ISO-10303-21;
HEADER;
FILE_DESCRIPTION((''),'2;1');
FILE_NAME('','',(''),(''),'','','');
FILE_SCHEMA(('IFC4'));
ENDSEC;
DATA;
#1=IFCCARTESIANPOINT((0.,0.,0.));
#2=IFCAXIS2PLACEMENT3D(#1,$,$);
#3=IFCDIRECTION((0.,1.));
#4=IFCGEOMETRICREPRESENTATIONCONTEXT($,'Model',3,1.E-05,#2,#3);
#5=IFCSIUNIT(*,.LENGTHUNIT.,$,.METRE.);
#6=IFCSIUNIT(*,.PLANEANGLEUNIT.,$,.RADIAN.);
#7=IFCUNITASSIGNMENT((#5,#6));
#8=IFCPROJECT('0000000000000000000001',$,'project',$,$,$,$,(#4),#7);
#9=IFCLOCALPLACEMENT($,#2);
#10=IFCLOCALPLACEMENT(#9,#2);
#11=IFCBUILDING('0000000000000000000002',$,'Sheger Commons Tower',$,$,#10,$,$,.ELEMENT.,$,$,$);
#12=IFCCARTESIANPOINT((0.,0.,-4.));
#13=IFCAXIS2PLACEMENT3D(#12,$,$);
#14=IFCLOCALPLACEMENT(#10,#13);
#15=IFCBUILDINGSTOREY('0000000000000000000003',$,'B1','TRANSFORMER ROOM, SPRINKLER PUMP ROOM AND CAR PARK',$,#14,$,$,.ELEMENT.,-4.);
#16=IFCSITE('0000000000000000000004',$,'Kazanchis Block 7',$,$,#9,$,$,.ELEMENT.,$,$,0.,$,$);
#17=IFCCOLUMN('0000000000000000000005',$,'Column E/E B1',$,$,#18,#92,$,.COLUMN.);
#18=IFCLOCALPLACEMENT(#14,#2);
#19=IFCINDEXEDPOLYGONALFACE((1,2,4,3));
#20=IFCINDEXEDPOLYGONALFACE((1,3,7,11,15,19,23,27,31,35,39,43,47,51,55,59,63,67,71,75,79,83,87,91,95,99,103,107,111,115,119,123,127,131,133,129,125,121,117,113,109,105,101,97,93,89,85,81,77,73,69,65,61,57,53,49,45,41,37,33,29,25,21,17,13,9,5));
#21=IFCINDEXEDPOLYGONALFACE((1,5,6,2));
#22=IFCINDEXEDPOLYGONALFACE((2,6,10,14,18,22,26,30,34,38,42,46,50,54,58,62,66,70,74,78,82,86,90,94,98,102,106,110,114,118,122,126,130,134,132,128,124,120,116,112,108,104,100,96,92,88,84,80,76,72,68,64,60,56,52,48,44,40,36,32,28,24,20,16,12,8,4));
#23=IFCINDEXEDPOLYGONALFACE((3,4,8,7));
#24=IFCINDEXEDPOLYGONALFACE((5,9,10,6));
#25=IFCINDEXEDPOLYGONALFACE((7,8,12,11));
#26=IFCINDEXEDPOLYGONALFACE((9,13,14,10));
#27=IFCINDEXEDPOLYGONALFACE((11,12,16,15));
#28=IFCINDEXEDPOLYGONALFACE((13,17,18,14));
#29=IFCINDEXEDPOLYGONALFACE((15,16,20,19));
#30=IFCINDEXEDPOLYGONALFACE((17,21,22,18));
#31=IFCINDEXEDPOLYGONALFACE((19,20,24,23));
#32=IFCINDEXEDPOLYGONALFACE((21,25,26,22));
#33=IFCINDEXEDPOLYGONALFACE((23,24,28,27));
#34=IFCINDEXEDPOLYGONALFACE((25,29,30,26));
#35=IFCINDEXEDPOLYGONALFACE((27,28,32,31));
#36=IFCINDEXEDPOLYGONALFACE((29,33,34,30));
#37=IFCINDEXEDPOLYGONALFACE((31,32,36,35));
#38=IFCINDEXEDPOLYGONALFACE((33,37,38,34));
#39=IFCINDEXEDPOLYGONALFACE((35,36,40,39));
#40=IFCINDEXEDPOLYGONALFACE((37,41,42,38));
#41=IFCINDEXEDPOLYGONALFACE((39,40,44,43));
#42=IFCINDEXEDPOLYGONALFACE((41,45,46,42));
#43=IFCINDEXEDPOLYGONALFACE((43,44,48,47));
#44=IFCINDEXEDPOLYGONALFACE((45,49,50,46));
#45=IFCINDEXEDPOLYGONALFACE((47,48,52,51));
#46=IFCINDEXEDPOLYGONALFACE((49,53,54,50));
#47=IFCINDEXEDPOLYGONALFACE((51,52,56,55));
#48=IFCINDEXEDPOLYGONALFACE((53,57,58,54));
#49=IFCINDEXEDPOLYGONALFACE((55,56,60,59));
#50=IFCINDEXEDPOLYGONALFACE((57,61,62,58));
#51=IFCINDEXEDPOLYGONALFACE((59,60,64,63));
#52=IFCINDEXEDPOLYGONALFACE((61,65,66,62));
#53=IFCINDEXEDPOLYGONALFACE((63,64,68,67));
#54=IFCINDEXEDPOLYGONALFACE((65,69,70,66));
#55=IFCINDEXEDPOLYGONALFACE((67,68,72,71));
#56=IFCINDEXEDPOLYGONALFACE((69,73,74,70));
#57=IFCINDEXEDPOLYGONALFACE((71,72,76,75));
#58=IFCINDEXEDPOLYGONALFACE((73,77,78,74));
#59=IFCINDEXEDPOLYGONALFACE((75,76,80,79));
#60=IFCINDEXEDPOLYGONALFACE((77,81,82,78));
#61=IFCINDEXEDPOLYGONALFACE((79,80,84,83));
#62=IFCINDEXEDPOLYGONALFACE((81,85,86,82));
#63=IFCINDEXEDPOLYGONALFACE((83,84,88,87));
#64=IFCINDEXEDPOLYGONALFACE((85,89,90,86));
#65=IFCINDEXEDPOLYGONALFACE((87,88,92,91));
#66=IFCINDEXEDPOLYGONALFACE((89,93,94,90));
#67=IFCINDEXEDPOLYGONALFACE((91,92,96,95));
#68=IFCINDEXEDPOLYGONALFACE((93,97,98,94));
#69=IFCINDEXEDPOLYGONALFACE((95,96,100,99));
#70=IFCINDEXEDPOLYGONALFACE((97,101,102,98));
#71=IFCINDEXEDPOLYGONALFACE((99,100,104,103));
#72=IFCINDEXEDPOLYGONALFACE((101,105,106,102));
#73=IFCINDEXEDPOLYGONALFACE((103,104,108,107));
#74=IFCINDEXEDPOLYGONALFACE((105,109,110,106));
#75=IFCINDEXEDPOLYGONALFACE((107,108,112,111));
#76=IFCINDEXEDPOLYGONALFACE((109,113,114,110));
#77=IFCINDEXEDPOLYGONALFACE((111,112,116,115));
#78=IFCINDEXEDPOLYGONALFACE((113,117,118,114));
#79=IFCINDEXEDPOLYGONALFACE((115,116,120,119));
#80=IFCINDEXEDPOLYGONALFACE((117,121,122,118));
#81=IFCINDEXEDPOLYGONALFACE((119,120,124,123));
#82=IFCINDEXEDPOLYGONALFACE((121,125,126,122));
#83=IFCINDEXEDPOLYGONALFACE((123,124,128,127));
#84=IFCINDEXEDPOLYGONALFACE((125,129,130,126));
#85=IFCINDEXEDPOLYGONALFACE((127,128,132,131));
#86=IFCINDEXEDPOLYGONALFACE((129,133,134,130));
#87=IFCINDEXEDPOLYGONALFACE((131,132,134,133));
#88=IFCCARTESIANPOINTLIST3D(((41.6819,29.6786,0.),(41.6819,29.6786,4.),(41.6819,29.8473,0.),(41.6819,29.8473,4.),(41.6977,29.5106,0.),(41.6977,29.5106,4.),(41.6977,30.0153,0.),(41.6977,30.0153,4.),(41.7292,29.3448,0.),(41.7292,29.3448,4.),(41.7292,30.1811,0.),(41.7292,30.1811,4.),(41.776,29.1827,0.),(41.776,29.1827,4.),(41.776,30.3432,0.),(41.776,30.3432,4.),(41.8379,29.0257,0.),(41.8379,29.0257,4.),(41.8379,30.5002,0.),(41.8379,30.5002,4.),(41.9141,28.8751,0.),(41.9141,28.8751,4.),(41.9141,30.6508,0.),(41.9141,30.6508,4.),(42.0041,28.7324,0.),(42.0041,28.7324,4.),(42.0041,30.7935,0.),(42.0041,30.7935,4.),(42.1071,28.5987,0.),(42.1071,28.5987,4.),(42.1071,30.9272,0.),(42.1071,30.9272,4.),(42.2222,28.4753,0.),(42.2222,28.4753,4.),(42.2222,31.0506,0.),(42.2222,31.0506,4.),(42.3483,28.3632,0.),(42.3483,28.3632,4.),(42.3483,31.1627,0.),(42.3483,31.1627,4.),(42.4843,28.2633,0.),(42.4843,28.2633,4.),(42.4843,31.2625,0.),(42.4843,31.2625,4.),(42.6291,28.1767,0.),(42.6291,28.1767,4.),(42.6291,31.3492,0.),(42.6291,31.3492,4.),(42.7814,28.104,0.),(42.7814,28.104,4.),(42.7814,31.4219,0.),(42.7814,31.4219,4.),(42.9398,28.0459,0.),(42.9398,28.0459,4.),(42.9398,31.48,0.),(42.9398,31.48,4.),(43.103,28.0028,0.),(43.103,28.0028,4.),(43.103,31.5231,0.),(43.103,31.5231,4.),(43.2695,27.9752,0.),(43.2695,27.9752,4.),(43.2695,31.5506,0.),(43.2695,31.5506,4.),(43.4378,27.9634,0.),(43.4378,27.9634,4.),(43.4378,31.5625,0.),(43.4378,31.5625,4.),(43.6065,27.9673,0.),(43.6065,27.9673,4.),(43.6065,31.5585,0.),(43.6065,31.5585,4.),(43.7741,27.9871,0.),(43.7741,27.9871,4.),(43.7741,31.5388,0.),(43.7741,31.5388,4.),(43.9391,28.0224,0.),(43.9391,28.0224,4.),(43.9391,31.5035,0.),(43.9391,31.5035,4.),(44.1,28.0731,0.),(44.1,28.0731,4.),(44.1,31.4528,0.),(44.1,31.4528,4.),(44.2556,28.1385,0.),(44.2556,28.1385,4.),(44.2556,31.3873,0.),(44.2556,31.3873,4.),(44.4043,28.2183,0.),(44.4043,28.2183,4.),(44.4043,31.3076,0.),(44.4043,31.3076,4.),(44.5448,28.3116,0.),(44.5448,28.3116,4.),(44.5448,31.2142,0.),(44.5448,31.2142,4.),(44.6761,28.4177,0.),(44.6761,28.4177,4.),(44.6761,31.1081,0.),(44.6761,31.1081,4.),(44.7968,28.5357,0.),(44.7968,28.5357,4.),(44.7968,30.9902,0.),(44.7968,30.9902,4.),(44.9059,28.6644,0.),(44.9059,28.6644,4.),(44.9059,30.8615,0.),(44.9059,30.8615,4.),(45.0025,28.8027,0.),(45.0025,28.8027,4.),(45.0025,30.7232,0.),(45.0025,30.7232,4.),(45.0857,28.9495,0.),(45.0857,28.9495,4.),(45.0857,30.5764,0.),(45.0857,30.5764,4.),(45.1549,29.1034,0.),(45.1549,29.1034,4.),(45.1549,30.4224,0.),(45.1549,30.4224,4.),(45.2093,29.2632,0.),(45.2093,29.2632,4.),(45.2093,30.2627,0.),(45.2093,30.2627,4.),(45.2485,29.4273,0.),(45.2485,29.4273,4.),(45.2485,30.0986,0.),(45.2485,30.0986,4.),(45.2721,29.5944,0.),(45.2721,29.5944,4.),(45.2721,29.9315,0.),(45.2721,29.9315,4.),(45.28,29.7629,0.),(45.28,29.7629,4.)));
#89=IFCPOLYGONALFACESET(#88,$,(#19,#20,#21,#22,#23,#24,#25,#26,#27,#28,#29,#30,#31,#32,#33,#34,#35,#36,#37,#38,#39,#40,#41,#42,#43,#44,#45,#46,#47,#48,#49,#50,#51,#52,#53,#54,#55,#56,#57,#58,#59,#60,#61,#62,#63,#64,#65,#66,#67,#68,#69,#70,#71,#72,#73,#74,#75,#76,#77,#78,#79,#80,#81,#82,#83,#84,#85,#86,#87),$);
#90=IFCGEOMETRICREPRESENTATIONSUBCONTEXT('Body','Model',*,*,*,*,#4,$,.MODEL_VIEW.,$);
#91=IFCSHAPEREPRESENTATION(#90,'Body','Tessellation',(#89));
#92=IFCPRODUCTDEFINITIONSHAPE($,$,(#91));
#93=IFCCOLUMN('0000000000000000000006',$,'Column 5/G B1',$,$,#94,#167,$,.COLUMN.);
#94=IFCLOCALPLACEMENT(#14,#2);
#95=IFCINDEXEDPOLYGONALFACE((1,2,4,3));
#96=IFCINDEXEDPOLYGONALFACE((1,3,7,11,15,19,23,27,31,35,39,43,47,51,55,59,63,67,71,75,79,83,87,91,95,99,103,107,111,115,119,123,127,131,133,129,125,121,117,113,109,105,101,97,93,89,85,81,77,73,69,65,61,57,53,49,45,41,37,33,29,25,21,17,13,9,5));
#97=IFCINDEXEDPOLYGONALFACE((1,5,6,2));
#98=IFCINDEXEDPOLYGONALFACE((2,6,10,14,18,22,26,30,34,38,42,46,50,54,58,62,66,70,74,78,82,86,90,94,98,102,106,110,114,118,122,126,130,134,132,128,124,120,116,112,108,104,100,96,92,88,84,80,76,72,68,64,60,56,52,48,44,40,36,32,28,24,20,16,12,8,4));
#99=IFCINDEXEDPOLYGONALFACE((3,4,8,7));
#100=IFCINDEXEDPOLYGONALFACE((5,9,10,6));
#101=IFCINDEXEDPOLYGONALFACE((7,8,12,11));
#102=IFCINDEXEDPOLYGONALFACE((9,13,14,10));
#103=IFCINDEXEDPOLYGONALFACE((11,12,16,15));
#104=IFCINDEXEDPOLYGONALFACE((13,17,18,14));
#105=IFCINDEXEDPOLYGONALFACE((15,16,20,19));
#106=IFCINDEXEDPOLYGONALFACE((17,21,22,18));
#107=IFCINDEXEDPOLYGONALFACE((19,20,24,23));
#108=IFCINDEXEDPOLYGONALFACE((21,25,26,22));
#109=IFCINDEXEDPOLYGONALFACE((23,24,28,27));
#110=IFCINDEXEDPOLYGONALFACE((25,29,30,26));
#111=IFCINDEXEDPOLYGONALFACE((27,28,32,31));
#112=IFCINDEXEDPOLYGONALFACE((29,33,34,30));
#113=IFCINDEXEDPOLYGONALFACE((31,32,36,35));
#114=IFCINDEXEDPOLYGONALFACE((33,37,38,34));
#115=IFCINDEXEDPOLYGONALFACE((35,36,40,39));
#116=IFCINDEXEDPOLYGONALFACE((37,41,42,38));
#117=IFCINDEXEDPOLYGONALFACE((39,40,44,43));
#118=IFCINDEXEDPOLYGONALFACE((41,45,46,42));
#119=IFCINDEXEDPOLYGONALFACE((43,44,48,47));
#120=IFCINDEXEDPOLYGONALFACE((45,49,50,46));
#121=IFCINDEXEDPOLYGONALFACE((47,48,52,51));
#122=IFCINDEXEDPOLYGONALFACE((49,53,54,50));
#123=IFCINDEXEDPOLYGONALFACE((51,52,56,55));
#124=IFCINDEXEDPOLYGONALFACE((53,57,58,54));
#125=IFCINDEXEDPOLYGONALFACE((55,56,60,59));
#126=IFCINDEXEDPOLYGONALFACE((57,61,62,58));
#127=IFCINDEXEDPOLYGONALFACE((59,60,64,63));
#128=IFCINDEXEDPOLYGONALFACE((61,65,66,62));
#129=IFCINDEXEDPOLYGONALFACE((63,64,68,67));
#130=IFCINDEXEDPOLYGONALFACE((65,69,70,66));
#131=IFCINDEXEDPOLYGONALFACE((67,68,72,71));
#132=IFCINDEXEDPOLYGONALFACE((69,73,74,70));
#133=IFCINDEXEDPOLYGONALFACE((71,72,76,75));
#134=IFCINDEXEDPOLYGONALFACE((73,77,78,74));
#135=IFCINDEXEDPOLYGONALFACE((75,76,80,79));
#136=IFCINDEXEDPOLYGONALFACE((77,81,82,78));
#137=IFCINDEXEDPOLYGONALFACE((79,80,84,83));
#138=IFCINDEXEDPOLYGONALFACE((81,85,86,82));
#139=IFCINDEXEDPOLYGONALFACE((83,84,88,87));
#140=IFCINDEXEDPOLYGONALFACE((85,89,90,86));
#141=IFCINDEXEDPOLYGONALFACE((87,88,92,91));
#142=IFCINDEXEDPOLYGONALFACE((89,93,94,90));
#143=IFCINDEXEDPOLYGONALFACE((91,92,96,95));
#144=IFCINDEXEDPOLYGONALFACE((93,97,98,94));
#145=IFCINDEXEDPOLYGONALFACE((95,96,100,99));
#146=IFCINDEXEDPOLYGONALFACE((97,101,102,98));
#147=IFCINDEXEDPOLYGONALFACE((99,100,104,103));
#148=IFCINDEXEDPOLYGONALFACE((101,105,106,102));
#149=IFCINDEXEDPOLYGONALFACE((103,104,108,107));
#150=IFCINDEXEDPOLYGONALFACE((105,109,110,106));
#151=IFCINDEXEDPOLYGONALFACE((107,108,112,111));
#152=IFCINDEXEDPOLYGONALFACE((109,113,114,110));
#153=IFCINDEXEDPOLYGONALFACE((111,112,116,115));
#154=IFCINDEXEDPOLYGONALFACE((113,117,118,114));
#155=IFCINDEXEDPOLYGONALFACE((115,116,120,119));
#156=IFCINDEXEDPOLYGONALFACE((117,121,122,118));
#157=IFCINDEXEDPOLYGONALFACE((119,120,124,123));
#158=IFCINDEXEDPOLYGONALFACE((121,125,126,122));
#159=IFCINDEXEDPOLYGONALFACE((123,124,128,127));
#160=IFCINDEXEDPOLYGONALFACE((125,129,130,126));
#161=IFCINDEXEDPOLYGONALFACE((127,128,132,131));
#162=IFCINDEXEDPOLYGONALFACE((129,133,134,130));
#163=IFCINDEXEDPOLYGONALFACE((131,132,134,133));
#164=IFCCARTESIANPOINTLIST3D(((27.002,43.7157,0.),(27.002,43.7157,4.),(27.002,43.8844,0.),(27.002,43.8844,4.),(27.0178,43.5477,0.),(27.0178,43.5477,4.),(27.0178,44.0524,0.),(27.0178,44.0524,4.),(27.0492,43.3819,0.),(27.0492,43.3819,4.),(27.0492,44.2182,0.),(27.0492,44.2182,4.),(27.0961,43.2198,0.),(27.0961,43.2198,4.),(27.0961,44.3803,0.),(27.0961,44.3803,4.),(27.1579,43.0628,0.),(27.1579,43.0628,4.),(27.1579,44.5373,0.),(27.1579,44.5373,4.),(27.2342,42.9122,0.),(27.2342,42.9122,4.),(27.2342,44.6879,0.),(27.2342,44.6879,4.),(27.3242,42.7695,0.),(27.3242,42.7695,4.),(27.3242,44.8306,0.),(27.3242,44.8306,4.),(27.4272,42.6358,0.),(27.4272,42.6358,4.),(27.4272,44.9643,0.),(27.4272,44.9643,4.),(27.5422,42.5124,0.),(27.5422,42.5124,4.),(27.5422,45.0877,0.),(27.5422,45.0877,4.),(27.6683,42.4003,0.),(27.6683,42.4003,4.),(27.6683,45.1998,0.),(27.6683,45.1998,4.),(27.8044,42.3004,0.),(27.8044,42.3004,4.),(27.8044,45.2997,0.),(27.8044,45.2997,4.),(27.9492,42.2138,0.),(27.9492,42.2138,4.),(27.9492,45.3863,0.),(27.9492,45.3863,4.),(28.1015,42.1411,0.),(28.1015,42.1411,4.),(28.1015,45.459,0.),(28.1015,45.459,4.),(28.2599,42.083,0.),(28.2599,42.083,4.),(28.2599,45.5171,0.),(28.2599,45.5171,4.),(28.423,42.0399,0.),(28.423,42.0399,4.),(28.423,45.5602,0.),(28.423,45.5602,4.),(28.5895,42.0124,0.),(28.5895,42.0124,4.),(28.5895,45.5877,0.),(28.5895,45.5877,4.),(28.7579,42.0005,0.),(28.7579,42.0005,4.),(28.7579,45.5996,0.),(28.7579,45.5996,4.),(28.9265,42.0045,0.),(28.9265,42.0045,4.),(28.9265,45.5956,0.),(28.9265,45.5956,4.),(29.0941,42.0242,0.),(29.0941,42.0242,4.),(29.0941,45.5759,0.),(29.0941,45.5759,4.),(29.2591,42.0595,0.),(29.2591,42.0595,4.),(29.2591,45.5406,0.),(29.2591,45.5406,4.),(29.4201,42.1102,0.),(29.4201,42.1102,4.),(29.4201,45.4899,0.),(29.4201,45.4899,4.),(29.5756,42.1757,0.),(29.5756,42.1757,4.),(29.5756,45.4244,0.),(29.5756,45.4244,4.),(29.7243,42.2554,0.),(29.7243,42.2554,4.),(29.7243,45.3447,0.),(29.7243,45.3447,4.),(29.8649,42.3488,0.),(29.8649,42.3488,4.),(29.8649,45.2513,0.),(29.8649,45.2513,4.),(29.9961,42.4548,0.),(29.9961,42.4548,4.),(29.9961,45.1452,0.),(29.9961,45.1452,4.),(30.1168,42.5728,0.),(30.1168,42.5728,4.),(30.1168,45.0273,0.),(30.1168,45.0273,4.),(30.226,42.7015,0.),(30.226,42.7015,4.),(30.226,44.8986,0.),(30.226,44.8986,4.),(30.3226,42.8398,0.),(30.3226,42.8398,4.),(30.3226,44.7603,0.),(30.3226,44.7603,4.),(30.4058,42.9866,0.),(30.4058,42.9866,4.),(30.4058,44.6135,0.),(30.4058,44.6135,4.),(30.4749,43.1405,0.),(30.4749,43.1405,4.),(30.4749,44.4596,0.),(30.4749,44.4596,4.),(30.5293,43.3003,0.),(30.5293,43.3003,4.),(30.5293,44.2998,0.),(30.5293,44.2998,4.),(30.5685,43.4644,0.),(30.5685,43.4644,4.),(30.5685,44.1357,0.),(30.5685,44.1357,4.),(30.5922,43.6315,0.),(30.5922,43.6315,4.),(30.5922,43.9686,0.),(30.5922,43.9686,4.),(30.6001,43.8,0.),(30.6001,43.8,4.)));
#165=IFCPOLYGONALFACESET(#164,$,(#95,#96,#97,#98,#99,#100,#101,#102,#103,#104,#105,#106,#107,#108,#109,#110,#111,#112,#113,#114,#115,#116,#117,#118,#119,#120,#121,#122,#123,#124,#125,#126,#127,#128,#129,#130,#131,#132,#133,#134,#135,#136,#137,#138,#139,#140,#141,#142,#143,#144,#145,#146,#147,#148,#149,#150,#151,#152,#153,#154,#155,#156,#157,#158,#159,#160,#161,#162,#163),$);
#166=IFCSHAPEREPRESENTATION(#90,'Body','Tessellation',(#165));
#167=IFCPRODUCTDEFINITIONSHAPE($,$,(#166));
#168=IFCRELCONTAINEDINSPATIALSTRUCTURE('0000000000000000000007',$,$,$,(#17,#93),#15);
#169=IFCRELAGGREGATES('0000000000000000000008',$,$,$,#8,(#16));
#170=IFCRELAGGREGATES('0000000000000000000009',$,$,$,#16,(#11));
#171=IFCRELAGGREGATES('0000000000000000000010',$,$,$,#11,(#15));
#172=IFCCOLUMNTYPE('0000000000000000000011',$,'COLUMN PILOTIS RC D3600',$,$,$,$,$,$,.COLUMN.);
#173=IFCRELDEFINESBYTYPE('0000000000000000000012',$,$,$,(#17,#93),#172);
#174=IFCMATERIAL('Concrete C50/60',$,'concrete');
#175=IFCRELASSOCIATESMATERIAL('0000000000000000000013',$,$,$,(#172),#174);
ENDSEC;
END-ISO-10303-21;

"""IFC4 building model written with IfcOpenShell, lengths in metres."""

from ifc_helpers import new_model, si_unit, direction, frame, origin, origin_2d, place, context, subcontext, project, spatial, circle, extrude, material, material_profile, profile_set, type_object, element, save


model = new_model("IFC4")

# Units and contexts
model_context = context("Model", 3, precision=1e-05, world=origin(), true_north=direction((0.0, 1.0)))
body_context = subcontext(model_context, "Body", "Model", "MODEL_VIEW")
ifc_project = project(units=[si_unit("LENGTHUNIT", "METRE"), si_unit("PLANEANGLEUNIT", "RADIAN")], contexts=[model_context])

# Site, building, storey
site_placement = place(None, origin())
site = spatial("IfcSite", under=ifc_project, at=site_placement, Name="Kazanchis Block 7", CompositionType="ELEMENT", RefElevation=0.0)
building_placement = place(site_placement, origin())
building = spatial("IfcBuilding", under=site, at=building_placement, Name="Sheger Commons Tower", CompositionType="ELEMENT")
storey_placement = place(building_placement, frame((0.0, 0.0, -4.0)))
storey = spatial("IfcBuildingStorey", under=building, at=storey_placement, Name="B1", Description="TRANSFORMER ROOM, SPRINKLER PUMP ROOM AND CAR PARK", CompositionType="ELEMENT", Elevation=-4.0)

# Columns
ifc_material_1 = material(Name="Concrete C50/60", Category="concrete")
ifc_material_profile_1 = material_profile(ifc_material_1, circle(Radius=1.8, at=origin_2d()), Name="RC D3600")
ifc_profile_set_1 = profile_set([ifc_material_profile_1], Name="Concrete C50/60")
column_type_1 = type_object("IfcColumnType", Name="COLUMN PILOTIS RC D3600", PredefinedType="COLUMN", material=ifc_profile_set_1)
for number, where, z_axis, x_axis, name in (
    (1, (43.48, 29.7629, 0.0), (0.0, 0.0, 1.0), (1.0, 0.0, 0.0), "Column E/E B1"),
    (2, (28.8, 43.8, 0.0), (0.0, 0.0, 1.0), (1.0, 0.0, 0.0), "Column 5/G B1"),
):
    element("IfcColumn", number, at=place(storey_placement, frame(where, z_axis=z_axis, x_axis=x_axis)), inside=storey, type_object=column_type_1, Name=name, PredefinedType="COLUMN", context=body_context, shape_type="SweptSolid", body=[
        extrude(circle(Radius=1.8, at=origin_2d()), origin(), (0.0, 0.0, 1.0), 4.0),
    ])

save(model, "model.ifc")
